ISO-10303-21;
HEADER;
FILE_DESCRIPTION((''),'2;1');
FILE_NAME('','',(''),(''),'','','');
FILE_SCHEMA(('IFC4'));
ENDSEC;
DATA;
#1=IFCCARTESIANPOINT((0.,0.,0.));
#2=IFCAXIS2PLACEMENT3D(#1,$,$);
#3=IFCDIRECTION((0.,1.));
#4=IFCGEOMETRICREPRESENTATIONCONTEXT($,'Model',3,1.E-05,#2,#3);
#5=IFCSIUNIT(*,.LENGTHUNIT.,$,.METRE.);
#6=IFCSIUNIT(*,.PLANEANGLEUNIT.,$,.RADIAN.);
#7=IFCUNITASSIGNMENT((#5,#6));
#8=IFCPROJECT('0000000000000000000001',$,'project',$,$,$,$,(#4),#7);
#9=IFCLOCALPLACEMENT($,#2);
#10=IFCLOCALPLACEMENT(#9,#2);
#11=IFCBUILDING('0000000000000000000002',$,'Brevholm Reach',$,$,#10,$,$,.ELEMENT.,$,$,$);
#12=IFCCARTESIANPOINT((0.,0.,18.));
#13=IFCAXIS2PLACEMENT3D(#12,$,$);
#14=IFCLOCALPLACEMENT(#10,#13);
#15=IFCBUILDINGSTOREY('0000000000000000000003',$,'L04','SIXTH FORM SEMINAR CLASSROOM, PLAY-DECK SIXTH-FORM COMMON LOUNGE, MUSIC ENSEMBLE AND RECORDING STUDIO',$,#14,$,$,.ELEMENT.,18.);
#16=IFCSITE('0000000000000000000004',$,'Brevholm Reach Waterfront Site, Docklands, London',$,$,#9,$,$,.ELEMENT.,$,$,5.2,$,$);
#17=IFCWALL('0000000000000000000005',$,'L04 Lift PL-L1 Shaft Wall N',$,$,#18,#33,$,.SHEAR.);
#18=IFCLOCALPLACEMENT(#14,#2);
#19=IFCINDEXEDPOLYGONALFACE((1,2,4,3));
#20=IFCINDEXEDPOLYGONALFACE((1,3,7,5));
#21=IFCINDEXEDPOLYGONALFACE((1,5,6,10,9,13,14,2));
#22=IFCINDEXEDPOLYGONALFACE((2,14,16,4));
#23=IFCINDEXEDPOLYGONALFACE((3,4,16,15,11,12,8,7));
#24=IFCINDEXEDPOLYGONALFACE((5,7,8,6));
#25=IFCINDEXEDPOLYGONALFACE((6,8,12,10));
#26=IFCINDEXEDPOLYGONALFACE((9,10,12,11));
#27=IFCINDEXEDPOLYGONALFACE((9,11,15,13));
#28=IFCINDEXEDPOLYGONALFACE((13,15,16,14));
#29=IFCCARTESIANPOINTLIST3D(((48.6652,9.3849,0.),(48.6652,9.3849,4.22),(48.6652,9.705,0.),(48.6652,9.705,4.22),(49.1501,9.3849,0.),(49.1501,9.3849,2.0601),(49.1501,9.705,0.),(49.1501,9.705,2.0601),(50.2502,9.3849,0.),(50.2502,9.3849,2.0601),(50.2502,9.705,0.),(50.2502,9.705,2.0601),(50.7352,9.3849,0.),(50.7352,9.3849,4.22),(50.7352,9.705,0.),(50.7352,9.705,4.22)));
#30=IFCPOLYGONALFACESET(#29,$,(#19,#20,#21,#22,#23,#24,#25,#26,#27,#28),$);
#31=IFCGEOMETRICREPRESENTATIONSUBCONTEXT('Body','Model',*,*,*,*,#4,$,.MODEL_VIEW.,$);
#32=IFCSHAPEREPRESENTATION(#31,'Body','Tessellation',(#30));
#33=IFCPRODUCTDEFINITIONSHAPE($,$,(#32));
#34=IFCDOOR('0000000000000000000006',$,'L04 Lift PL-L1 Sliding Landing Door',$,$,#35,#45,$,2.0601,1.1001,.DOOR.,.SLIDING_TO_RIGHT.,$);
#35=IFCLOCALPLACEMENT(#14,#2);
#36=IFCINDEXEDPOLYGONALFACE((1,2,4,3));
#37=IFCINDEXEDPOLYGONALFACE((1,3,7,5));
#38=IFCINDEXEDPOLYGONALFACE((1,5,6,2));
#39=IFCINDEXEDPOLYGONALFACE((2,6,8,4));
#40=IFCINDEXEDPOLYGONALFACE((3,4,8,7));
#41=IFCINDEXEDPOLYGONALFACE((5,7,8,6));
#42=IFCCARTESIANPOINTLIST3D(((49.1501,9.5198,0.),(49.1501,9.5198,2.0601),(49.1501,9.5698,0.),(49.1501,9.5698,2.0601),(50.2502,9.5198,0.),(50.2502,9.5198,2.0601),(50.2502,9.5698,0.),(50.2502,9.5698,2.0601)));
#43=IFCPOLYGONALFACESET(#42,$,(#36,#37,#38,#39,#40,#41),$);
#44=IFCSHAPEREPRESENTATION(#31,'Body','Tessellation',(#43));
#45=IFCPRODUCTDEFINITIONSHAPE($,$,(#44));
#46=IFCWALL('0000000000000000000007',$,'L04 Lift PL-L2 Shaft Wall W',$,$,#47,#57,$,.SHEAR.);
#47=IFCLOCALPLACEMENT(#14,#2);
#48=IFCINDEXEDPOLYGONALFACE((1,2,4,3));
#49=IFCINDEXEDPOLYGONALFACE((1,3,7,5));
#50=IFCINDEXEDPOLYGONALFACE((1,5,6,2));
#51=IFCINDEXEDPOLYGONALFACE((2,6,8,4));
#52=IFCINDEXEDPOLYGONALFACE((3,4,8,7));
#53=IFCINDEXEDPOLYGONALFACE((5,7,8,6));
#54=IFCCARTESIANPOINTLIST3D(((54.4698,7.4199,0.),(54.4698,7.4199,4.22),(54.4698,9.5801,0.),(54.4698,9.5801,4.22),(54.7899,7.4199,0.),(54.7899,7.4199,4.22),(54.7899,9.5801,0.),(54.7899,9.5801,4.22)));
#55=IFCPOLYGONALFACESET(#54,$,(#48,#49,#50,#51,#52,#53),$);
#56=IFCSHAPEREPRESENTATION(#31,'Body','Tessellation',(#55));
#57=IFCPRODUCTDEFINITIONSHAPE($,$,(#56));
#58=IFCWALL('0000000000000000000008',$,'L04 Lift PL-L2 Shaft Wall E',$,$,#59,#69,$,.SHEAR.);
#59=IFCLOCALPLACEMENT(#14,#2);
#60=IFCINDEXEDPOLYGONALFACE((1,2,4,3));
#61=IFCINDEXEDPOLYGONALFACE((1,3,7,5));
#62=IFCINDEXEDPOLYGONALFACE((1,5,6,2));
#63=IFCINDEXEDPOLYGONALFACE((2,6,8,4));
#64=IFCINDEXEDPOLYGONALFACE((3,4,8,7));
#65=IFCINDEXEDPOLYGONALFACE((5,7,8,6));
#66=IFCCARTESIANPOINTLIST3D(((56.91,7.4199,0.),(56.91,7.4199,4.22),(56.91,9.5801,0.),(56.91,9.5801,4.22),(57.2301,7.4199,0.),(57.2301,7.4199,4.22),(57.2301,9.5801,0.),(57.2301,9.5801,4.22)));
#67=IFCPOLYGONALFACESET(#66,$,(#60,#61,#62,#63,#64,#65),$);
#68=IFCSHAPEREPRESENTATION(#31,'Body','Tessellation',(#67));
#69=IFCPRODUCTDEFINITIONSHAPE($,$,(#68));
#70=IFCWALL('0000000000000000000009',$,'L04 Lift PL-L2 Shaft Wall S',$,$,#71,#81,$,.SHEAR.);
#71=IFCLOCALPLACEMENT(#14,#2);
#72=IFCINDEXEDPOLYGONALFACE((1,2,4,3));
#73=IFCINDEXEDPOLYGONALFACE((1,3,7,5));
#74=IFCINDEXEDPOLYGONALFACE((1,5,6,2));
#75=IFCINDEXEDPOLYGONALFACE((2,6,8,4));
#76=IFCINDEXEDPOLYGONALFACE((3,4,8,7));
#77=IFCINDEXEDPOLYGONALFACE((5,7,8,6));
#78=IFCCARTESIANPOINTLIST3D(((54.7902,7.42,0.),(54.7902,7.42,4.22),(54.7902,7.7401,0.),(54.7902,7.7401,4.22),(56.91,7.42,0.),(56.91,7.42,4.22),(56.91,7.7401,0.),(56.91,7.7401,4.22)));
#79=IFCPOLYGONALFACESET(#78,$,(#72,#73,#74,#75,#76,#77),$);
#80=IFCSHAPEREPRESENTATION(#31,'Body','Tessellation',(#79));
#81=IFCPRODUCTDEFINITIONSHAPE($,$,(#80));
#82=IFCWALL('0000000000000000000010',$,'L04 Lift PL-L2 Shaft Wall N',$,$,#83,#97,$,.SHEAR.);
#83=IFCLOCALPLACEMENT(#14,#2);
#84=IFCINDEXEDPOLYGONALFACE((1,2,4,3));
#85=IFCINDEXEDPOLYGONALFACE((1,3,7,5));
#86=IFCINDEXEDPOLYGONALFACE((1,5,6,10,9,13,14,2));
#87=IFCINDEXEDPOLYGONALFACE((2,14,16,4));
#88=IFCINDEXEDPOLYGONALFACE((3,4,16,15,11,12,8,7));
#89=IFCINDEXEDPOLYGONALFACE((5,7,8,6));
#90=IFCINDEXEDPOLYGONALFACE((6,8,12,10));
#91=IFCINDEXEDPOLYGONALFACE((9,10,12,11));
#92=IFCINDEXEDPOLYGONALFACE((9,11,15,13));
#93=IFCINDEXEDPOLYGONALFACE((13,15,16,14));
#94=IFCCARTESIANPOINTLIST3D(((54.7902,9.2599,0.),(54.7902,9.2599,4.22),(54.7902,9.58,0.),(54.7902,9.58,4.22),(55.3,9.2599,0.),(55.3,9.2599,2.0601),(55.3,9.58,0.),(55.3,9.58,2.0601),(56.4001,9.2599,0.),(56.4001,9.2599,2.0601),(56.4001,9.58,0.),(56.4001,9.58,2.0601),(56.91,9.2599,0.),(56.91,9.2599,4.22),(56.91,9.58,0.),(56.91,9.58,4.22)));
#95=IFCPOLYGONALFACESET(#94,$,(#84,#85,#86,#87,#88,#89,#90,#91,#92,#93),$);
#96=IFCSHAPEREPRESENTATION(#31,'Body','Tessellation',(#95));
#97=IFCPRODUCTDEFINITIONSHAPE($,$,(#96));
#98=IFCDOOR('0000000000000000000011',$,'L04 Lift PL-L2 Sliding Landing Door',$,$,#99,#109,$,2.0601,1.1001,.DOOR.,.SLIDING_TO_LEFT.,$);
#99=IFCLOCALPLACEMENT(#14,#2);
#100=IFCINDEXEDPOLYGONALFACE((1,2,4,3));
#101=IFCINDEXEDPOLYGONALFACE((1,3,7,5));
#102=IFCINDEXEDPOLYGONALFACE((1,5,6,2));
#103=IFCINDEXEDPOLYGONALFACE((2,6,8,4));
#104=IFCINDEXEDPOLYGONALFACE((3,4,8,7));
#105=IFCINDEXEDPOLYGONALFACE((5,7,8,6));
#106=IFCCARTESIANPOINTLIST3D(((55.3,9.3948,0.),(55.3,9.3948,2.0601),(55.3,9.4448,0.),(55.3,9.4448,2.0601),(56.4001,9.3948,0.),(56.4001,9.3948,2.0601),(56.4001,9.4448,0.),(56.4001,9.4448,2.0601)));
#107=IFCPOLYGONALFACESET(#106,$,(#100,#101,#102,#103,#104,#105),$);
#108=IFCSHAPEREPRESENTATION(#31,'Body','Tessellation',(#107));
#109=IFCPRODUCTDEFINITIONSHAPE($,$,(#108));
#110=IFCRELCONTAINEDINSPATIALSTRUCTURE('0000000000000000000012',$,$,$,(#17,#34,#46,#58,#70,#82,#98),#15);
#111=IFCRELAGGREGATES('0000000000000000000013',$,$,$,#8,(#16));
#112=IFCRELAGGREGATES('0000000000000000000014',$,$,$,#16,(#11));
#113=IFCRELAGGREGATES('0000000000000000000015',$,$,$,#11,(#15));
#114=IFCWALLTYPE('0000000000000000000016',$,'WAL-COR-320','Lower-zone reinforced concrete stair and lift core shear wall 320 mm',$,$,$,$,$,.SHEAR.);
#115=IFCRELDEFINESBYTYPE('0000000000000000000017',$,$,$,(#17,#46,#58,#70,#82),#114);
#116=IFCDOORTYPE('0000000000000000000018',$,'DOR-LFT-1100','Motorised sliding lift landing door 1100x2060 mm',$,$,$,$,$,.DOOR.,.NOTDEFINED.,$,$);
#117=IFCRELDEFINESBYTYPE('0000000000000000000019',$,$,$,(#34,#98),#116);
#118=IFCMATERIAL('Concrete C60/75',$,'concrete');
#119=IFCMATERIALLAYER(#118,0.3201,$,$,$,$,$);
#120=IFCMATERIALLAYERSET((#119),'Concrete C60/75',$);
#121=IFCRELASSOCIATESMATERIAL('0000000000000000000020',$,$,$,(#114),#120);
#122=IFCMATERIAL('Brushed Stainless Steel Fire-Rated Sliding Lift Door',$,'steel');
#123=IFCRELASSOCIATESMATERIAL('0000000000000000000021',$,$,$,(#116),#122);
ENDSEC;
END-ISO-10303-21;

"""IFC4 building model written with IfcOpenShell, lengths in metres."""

from ifc_helpers import new_model, si_unit, direction, frame, frame_2d, origin, place, context, subcontext, project, spatial, rectangle, extrude, material, layer, layer_set, type_object, element, fill, save


model = new_model("IFC4")

# Units and contexts
model_context = context("Model", 3, precision=1e-05, world=origin(), true_north=direction((0.0, 1.0)))
body_context = subcontext(model_context, "Body", "Model", "MODEL_VIEW")
ifc_project = project(units=[si_unit("LENGTHUNIT", "METRE"), si_unit("PLANEANGLEUNIT", "RADIAN")], contexts=[model_context])

# Site, building, storey
site_placement = place(None, origin())
site = spatial("IfcSite", under=ifc_project, at=site_placement, Name="Brevholm Reach Waterfront Site, Docklands, London", CompositionType="ELEMENT", RefElevation=5.2)
building_placement = place(site_placement, origin())
building = spatial("IfcBuilding", under=site, at=building_placement, Name="Brevholm Reach", CompositionType="ELEMENT")
storey_placement = place(building_placement, frame((0.0, 0.0, 18.0)))
storey = spatial("IfcBuildingStorey", under=building, at=storey_placement, Name="L04", Description="SIXTH FORM SEMINAR CLASSROOM, PLAY-DECK SIXTH-FORM COMMON LOUNGE, MUSIC ENSEMBLE AND RECORDING STUDIO", CompositionType="ELEMENT", Elevation=18.0)

# Shared definitions
ifc_material_1 = material(Name="Concrete C60/75", Category="concrete")
ifc_layer_1 = layer(ifc_material_1, 0.3201)
ifc_layer_set_1 = layer_set([ifc_layer_1], Name="Concrete C60/75")
wall_type_1 = type_object("IfcWallType", Name="WAL-COR-320", Description="Lower-zone reinforced concrete stair and lift core shear wall 320 mm", PredefinedType="SHEAR", material=ifc_layer_set_1)

# Wall, opening, door
wall_1_placement = place(storey_placement, frame((48.665, 9.5449, 0.0), z_axis=(0.0, 0.0, 1.0), x_axis=(1.0, 0.0, 0.0)))
wall_1 = element("IfcWall", 1, at=wall_1_placement, inside=storey, type_object=wall_type_1, Name="L04 Lift PL-L1 Shaft Wall N", PredefinedType="SHEAR", context=body_context, shape_type="SweptSolid", body=[
    extrude(rectangle(XDim=2.0701, YDim=0.3201, at=frame_2d((1.0352, 0.0))), origin(), (0.0, 0.0, 1.0), 4.22),
])
opening_1_placement = place(wall_1_placement, frame((0.4851, 0.0, 0.0)))
opening_1 = element("IfcOpeningElement", 2, at=opening_1_placement, cuts=wall_1, PredefinedType="OPENING", context=body_context, shape_type="SweptSolid", body=[
    extrude(rectangle(XDim=1.1001, YDim=2.0601, at=frame_2d((0.55, 1.03))), frame((0.0, 0.1699, 0.0), z_axis=(0.0, -1.0, 0.0), x_axis=(1.0, 0.0, 0.0)), (0.0, 0.0, 1.0), 0.3401),
])
ifc_material_2 = material(Name="Brushed Stainless Steel Fire-Rated Sliding Lift Door", Category="steel")
door_type_1 = type_object("IfcDoorType", Name="DOR-LFT-1100", Description="Motorised sliding lift landing door 1100x2060 mm", OperationType="NOTDEFINED", PredefinedType="DOOR", material=ifc_material_2)
door_1_placement = place(opening_1_placement, origin())
door_1 = element("IfcDoor", 3, at=door_1_placement, inside=storey, type_object=door_type_1, Name="L04 Lift PL-L1 Sliding Landing Door", OperationType="SLIDING_TO_RIGHT", OverallHeight=2.0601, OverallWidth=1.1001, PredefinedType="DOOR", context=body_context, shape_type="SweptSolid", body=[
    extrude(rectangle(XDim=1.1001, YDim=2.0601, at=frame_2d((0.55, 1.03))), frame((0.0, 0.0249, 0.0), z_axis=(0.0, -1.0, 0.0), x_axis=(1.0, 0.0, 0.0)), (0.0, 0.0, 1.0), 0.05),
])
fill(opening_1, door_1)

# Walls
for number, where, z_axis, x_axis, name in (
    (4, (54.6299, 7.4199, 0.0), (0.0, 0.0, 1.0), (0.0, 1.0, 0.0), "L04 Lift PL-L2 Shaft Wall W"),
    (5, (57.0701, 7.4199, 0.0), (0.0, 0.0, 1.0), (0.0, 1.0, 0.0), "L04 Lift PL-L2 Shaft Wall E"),
):
    element("IfcWall", number, at=place(storey_placement, frame(where, z_axis=z_axis, x_axis=x_axis)), inside=storey, type_object=wall_type_1, Name=name, PredefinedType="SHEAR", context=body_context, shape_type="SweptSolid", body=[
        extrude(rectangle(XDim=2.1602, YDim=0.3201, at=frame_2d((1.0801, 0.0))), origin(), (0.0, 0.0, 1.0), 4.22),
    ])
wall_2_placement = place(storey_placement, frame((54.79, 7.5801, 0.0), z_axis=(0.0, 0.0, 1.0), x_axis=(1.0, 0.0, 0.0)))
element("IfcWall", 6, at=wall_2_placement, inside=storey, type_object=wall_type_1, Name="L04 Lift PL-L2 Shaft Wall S", PredefinedType="SHEAR", context=body_context, shape_type="SweptSolid", body=[
    extrude(rectangle(XDim=2.1199, YDim=0.3201, at=frame_2d((1.0601, 0.0))), origin(), (0.0, 0.0, 1.0), 4.22),
])

# Wall, opening, door
wall_3_placement = place(storey_placement, frame((54.79, 9.4199, 0.0), z_axis=(0.0, 0.0, 1.0), x_axis=(1.0, 0.0, 0.0)))
wall_3 = element("IfcWall", 7, at=wall_3_placement, inside=storey, type_object=wall_type_1, Name="L04 Lift PL-L2 Shaft Wall N", PredefinedType="SHEAR", context=body_context, shape_type="SweptSolid", body=[
    extrude(rectangle(XDim=2.1199, YDim=0.3201, at=frame_2d((1.0601, 0.0))), origin(), (0.0, 0.0, 1.0), 4.22),
])
opening_2_placement = place(wall_3_placement, frame((0.51, 0.0, 0.0)))
opening_2 = element("IfcOpeningElement", 8, at=opening_2_placement, cuts=wall_3, PredefinedType="OPENING", context=body_context, shape_type="SweptSolid", body=[
    extrude(rectangle(XDim=1.1001, YDim=2.0601, at=frame_2d((0.55, 1.03))), frame((0.0, 0.1699, 0.0), z_axis=(0.0, -1.0, 0.0), x_axis=(1.0, 0.0, 0.0)), (0.0, 0.0, 1.0), 0.3401),
])
door_2_placement = place(opening_2_placement, origin())
door_2 = element("IfcDoor", 9, at=door_2_placement, inside=storey, type_object=door_type_1, Name="L04 Lift PL-L2 Sliding Landing Door", OperationType="SLIDING_TO_LEFT", OverallHeight=2.0601, OverallWidth=1.1001, PredefinedType="DOOR", context=body_context, shape_type="SweptSolid", body=[
    extrude(rectangle(XDim=1.1001, YDim=2.0601, at=frame_2d((0.55, 1.03))), frame((0.0, 0.0249, 0.0), z_axis=(0.0, -1.0, 0.0), x_axis=(1.0, 0.0, 0.0)), (0.0, 0.0, 1.0), 0.05),
])
fill(opening_2, door_2)

save(model, "model.ifc")
